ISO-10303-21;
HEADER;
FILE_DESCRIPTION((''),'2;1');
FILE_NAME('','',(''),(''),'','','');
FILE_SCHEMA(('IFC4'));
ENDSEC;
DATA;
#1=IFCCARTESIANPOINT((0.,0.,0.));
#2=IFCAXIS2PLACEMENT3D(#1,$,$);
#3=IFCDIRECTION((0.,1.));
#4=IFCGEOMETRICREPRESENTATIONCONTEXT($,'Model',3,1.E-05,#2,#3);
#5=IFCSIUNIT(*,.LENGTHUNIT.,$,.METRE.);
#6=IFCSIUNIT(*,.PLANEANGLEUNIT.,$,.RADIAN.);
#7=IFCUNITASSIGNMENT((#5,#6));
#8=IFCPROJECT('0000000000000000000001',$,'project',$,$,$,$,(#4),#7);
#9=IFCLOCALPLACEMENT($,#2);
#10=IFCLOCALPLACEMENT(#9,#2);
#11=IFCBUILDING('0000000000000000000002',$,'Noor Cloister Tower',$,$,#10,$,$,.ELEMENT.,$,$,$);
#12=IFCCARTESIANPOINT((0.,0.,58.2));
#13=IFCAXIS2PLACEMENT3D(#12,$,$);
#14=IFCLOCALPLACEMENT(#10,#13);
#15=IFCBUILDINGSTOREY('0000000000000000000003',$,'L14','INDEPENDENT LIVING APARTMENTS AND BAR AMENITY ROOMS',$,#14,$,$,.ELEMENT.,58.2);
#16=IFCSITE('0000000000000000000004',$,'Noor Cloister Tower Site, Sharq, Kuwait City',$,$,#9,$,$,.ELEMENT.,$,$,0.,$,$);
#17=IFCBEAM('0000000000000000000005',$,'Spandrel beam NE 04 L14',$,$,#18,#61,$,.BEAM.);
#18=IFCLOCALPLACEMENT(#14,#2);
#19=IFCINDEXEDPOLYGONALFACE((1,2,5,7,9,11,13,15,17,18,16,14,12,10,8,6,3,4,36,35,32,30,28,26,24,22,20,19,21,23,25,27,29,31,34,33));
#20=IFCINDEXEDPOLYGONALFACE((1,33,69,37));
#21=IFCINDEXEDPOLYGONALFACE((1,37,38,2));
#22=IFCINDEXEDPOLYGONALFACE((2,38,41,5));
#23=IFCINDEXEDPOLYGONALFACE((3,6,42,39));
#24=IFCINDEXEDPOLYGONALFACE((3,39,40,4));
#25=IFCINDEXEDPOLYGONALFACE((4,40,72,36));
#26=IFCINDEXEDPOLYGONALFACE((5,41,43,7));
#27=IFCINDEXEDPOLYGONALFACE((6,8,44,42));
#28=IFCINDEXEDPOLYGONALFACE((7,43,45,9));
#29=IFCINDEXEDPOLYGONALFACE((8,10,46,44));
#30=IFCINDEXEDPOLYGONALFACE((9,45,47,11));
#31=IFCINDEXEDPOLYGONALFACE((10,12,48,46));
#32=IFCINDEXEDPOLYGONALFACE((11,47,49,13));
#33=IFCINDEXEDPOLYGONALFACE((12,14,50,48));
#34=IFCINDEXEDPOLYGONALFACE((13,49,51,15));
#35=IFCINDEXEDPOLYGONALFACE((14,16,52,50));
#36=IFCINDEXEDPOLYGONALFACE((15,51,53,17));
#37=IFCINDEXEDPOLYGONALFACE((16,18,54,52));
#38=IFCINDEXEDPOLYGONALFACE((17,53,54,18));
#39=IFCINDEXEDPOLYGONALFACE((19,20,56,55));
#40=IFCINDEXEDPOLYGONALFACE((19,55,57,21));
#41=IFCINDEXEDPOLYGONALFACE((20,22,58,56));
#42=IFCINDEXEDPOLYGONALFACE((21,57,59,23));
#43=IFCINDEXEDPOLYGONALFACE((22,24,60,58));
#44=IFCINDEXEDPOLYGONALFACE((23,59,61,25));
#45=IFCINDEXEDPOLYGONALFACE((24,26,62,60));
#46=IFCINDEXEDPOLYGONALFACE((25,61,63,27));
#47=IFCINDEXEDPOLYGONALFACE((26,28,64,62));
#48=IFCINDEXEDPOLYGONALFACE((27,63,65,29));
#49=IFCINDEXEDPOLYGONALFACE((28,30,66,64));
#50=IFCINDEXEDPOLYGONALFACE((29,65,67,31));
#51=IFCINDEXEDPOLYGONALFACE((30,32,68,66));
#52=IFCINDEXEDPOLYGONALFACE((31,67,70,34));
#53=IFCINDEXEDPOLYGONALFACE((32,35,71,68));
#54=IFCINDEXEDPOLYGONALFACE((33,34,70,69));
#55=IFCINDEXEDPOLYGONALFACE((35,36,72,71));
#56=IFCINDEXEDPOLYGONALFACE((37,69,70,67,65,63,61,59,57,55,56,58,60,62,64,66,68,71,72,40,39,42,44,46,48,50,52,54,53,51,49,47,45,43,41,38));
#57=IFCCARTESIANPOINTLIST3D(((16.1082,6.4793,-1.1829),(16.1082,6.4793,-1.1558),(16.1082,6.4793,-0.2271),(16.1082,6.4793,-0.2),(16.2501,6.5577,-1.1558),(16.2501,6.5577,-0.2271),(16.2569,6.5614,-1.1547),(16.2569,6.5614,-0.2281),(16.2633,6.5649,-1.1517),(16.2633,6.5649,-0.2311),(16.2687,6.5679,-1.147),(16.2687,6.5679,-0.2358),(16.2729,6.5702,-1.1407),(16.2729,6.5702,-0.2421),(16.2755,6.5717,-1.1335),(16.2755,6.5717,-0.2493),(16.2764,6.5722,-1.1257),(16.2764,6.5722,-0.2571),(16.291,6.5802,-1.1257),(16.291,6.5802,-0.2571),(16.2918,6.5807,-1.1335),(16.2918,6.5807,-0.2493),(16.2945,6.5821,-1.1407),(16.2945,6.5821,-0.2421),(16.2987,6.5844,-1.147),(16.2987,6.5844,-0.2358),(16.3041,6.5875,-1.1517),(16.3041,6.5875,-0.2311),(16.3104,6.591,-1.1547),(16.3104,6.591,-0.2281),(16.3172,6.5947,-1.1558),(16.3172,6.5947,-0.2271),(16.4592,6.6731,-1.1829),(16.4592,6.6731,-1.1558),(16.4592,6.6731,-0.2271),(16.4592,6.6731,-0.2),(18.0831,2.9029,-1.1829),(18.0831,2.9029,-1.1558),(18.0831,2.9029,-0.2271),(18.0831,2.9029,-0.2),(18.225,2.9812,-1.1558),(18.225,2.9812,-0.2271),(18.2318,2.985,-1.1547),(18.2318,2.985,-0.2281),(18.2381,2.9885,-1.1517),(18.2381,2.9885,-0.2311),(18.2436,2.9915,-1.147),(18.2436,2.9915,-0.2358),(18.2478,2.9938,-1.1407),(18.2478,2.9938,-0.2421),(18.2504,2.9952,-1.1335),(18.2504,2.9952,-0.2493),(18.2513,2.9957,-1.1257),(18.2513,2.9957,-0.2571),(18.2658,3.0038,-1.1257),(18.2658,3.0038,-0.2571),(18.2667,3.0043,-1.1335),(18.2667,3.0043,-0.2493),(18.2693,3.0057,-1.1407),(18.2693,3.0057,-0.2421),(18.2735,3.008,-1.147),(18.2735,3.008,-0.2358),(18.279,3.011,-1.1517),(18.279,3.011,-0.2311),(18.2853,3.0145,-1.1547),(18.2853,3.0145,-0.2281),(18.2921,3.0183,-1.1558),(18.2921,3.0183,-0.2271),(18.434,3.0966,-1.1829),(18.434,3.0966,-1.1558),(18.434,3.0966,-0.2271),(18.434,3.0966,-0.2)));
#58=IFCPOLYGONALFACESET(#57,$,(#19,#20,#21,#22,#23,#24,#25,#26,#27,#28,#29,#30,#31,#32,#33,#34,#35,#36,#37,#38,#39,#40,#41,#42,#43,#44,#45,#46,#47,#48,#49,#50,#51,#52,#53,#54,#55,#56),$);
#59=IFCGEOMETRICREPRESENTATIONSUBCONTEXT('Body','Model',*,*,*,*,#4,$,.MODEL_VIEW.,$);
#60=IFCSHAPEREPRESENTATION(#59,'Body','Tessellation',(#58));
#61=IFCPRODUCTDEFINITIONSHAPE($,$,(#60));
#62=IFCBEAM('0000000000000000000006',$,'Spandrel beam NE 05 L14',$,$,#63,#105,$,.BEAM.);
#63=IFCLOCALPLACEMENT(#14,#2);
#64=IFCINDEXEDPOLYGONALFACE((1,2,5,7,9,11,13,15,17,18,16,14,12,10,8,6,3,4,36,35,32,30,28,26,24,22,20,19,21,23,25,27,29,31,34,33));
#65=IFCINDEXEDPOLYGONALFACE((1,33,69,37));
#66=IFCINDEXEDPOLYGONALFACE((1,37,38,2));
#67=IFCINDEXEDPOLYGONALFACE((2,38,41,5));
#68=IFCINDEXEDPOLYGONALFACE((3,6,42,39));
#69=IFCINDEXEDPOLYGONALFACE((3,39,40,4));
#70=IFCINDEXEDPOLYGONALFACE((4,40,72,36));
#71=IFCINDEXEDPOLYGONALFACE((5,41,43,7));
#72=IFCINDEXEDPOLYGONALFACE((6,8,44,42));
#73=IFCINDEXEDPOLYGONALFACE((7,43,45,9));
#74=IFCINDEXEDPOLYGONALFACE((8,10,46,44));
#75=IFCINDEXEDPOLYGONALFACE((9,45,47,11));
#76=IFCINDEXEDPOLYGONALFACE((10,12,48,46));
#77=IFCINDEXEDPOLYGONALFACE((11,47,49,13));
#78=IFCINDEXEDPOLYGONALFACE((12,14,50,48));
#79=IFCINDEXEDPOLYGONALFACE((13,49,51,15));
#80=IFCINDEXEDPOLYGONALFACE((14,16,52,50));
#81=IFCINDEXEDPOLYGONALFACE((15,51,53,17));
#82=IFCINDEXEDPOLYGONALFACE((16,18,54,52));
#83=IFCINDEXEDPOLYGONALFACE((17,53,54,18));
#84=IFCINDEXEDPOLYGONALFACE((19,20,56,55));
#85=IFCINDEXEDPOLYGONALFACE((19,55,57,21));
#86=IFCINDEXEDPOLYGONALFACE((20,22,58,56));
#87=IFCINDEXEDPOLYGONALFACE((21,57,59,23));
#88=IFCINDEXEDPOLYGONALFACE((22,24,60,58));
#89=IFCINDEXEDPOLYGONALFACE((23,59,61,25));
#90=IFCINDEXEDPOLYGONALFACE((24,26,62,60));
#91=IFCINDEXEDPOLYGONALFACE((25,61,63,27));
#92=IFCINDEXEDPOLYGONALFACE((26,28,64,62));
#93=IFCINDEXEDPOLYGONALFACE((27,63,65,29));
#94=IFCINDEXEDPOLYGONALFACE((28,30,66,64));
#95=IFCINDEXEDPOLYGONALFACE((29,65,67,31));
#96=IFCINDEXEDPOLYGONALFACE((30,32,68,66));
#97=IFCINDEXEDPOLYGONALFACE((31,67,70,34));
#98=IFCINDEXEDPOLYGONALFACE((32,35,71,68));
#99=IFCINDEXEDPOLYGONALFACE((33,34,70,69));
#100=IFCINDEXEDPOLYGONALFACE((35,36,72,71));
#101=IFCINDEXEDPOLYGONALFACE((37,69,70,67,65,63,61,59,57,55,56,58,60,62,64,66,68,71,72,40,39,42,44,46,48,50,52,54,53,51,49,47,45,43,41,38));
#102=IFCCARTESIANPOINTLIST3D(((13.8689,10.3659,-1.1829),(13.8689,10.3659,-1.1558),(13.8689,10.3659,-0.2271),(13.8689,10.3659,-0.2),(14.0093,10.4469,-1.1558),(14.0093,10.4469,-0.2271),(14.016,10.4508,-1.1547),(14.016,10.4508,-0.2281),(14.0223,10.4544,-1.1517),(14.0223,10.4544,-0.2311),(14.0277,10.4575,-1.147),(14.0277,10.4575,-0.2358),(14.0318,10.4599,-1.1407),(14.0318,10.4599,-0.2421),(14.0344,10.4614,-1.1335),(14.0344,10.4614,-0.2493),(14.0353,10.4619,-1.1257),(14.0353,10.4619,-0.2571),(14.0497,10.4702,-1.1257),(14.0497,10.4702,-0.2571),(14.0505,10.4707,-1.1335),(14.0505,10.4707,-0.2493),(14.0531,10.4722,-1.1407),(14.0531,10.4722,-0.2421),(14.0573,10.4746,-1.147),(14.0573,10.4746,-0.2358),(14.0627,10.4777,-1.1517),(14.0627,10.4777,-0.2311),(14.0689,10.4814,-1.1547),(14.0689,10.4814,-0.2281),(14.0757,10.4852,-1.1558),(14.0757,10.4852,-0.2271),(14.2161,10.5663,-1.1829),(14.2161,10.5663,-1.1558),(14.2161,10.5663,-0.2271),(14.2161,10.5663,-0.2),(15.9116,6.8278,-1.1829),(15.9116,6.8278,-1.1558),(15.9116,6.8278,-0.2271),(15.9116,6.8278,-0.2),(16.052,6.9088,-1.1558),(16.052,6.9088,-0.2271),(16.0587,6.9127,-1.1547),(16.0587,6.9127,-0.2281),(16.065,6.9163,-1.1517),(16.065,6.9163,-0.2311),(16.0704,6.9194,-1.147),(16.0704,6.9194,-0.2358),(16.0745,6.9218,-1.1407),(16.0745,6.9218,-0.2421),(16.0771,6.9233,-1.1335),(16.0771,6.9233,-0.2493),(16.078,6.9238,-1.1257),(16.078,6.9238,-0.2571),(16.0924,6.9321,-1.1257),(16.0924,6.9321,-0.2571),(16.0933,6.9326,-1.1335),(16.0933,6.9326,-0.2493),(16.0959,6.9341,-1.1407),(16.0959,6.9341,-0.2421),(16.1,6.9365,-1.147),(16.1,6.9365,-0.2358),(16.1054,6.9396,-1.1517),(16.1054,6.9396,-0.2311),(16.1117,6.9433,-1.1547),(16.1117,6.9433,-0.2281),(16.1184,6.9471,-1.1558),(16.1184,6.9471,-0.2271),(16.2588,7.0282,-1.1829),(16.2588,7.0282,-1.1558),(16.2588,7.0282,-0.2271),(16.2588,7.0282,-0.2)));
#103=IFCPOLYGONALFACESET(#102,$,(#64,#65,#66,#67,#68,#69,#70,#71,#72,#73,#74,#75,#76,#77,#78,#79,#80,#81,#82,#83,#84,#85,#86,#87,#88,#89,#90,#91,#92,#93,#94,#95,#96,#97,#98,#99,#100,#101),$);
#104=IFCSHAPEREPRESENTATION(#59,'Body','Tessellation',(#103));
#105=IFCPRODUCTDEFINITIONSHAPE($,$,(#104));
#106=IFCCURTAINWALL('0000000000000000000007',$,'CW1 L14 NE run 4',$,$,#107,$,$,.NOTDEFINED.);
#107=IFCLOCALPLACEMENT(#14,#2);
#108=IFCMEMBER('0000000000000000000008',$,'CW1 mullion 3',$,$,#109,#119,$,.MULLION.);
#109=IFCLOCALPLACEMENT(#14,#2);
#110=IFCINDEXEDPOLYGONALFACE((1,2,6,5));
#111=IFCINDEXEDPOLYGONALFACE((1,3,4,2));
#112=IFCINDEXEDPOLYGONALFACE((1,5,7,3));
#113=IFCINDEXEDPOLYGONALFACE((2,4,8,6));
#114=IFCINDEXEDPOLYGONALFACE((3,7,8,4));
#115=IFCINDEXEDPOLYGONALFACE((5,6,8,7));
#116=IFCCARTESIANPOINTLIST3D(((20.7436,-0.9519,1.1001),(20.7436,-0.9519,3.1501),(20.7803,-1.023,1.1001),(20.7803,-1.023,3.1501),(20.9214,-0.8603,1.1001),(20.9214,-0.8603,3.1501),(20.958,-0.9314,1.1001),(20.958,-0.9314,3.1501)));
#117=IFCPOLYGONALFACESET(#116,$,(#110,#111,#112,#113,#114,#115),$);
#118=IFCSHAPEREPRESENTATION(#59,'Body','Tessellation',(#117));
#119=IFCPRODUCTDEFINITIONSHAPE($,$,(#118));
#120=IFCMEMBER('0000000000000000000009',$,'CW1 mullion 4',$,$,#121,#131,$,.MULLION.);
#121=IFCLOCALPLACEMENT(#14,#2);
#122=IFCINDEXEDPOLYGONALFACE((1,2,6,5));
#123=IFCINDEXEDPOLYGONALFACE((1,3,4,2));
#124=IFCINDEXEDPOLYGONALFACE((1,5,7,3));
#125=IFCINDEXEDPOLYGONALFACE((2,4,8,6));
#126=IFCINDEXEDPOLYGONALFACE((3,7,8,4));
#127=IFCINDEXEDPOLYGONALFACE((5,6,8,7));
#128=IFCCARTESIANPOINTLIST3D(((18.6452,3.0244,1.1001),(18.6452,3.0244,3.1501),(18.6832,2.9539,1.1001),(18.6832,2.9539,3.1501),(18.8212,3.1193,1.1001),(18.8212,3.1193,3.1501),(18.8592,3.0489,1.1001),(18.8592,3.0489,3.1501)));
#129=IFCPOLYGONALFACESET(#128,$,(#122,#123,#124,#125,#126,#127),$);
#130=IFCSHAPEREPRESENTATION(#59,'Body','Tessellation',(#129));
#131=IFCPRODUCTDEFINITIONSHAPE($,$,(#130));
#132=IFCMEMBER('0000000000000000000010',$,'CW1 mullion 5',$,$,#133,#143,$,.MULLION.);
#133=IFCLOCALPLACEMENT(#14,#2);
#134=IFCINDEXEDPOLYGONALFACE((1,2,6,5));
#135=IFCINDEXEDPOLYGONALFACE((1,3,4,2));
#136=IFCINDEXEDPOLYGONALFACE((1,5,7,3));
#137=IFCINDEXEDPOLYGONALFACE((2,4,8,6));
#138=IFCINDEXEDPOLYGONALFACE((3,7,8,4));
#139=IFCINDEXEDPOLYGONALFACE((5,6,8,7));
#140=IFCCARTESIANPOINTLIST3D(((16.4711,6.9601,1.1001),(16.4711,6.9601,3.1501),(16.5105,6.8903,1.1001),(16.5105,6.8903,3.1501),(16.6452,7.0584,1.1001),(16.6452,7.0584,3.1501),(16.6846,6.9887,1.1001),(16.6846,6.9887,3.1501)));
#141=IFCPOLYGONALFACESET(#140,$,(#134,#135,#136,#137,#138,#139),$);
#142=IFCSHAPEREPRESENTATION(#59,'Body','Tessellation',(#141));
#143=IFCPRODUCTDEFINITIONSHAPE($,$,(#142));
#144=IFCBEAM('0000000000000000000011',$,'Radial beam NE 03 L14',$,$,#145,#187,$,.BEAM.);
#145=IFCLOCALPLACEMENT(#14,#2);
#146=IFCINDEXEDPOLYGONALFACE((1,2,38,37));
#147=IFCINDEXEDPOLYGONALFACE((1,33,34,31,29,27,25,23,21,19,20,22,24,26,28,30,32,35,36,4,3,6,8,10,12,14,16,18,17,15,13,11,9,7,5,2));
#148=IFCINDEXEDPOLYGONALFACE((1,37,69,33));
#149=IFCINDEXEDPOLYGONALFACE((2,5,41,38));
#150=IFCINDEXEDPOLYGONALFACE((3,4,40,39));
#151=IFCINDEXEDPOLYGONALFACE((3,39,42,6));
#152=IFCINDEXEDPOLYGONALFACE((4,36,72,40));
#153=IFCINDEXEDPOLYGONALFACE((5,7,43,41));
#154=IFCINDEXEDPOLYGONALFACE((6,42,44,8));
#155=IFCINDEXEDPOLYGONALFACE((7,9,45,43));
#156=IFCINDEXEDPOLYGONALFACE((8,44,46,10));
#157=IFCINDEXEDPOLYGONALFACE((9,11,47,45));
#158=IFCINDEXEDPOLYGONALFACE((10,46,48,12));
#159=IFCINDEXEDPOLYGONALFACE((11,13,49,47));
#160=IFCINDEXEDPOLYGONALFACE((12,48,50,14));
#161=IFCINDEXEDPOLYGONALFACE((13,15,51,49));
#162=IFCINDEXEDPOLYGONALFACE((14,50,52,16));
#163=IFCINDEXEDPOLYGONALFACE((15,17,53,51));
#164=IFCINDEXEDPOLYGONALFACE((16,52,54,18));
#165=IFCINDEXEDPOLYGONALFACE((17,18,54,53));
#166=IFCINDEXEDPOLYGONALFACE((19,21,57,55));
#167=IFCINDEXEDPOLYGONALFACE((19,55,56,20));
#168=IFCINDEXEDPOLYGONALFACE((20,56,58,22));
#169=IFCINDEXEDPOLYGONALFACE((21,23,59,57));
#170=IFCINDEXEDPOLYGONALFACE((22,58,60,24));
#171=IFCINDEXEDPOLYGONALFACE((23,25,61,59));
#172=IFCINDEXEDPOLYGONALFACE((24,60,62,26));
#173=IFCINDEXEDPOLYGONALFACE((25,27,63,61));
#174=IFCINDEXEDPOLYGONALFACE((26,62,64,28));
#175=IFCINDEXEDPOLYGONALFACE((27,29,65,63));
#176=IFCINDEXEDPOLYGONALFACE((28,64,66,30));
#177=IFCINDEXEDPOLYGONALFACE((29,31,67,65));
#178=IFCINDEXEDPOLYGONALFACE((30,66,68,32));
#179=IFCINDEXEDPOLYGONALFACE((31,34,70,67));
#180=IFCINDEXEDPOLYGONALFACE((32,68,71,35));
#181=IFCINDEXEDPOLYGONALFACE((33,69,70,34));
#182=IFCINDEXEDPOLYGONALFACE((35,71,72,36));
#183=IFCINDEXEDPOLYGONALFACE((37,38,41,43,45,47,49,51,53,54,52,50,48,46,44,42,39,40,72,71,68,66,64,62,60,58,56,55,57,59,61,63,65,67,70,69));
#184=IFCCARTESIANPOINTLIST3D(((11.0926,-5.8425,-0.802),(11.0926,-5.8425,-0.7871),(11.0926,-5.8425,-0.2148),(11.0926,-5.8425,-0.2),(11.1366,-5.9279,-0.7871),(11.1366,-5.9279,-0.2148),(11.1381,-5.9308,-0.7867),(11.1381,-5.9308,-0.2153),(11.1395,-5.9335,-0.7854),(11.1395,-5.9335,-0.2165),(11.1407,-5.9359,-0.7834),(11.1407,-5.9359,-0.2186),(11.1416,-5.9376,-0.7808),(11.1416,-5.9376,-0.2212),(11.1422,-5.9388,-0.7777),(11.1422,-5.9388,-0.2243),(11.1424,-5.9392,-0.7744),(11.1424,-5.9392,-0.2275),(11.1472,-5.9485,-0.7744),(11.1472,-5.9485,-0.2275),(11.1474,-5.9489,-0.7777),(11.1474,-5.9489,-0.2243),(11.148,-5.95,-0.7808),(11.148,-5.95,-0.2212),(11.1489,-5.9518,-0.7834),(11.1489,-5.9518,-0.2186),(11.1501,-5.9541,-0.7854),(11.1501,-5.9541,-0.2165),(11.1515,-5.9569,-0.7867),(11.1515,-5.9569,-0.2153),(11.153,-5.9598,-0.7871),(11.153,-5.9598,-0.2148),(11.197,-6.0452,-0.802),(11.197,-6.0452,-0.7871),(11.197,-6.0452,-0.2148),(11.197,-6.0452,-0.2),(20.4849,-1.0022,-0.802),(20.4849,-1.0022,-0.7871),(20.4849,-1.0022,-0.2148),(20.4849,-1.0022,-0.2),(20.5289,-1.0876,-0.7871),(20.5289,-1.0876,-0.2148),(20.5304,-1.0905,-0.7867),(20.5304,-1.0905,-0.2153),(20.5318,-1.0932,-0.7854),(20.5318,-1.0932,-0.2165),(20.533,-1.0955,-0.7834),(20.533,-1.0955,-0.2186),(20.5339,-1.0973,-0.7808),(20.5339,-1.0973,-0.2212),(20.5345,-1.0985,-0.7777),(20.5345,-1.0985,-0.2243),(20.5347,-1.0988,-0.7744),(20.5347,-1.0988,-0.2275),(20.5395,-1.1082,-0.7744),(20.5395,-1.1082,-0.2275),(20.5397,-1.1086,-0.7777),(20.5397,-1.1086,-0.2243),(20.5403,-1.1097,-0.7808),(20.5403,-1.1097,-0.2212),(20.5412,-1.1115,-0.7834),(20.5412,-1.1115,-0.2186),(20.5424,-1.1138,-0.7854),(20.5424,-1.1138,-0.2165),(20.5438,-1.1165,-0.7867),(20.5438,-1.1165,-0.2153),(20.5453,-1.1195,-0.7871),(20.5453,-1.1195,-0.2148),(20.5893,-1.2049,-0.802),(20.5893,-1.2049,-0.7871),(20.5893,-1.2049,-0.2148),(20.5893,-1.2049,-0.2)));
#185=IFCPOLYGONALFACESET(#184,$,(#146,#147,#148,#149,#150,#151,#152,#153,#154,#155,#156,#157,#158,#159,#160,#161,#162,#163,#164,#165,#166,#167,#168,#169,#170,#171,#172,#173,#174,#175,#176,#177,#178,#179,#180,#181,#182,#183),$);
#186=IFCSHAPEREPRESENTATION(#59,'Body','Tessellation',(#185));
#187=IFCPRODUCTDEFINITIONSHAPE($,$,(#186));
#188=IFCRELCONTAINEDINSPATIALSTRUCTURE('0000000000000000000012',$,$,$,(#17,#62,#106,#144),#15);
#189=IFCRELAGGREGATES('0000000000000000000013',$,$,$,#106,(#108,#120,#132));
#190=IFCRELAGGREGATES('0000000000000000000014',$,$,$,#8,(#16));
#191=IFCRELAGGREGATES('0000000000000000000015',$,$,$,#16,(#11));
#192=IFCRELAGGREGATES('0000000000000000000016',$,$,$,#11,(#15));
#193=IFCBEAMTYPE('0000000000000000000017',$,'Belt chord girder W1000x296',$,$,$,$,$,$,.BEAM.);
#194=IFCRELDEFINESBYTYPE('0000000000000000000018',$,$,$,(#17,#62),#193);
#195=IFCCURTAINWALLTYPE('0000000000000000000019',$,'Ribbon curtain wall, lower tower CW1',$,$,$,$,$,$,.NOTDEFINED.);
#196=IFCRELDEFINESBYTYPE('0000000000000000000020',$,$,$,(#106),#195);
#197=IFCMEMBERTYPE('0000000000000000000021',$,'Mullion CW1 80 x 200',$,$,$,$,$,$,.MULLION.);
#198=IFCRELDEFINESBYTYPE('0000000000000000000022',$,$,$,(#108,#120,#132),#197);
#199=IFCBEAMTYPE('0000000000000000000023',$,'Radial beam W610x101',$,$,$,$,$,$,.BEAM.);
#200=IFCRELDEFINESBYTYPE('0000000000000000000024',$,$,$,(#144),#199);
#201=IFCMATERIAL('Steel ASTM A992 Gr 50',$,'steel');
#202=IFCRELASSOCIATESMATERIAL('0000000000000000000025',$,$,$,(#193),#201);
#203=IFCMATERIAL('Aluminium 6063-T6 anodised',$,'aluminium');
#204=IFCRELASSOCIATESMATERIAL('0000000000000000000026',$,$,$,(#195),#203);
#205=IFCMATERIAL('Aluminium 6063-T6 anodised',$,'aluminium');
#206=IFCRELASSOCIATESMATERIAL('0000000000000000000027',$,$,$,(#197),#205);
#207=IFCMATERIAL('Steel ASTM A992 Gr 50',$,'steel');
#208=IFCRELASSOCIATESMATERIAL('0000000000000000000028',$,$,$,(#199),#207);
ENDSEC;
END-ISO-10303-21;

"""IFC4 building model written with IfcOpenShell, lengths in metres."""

from ifc_helpers import new_model, si_unit, direction, frame, origin, origin_2d, place, context, subcontext, project, spatial, rectangle, i_section, extrude, material, material_profile, profile_set, type_object, element, aggregate, save


model = new_model("IFC4")

# Units and contexts
model_context = context("Model", 3, precision=1e-05, world=origin(), true_north=direction((0.0, 1.0)))
body_context = subcontext(model_context, "Body", "Model", "MODEL_VIEW")
ifc_project = project(units=[si_unit("LENGTHUNIT", "METRE"), si_unit("PLANEANGLEUNIT", "RADIAN")], contexts=[model_context])

# Site, building, storey
site_placement = place(None, origin())
site = spatial("IfcSite", under=ifc_project, at=site_placement, Name="Noor Cloister Tower Site, Sharq, Kuwait City", CompositionType="ELEMENT", RefElevation=0.0)
building_placement = place(site_placement, origin())
building = spatial("IfcBuilding", under=site, at=building_placement, Name="Noor Cloister Tower", CompositionType="ELEMENT")
storey_placement = place(building_placement, frame((0.0, 0.0, 58.2)))
storey = spatial("IfcBuildingStorey", under=building, at=storey_placement, Name="L14", Description="INDEPENDENT LIVING APARTMENTS AND BAR AMENITY ROOMS", CompositionType="ELEMENT", Elevation=58.2)

# Beams
ifc_material_1 = material(Name="Steel ASTM A992 Gr 50", Category="steel")
ifc_material_profile_1 = material_profile(ifc_material_1, i_section(OverallWidth=0.4009, OverallDepth=0.9829, WebThickness=0.0166, FlangeThickness=0.0271, FilletRadius=0.03, at=origin_2d()), Name="W1000x296")
ifc_profile_set_1 = profile_set([ifc_material_profile_1], Name="Steel ASTM A992 Gr 50")
beam_type_1 = type_object("IfcBeamType", Name="Belt chord girder W1000x296", PredefinedType="BEAM", material=ifc_profile_set_1)
for number, where, z_axis, x_axis, name in (
    (1, (18.2585, 2.9998, -0.6914), (-0.483389, 0.875406, 0.0), (-0.875406, -0.483389, 0.0), "Spandrel beam NE 04 L14"),
    (2, (16.0852, 6.928, -0.6914), (-0.500002, 0.866024, 0.0), (-0.866024, -0.500002, 0.0), "Spandrel beam NE 05 L14"),
):
    element("IfcBeam", number, at=place(storey_placement, frame(where, z_axis=z_axis, x_axis=x_axis)), inside=storey, type_object=beam_type_1, Name=name, PredefinedType="BEAM", context=body_context, shape_type="SweptSolid", body=[
        extrude(i_section(OverallWidth=0.4009, OverallDepth=0.9829, WebThickness=0.0166, FlangeThickness=0.0271, FilletRadius=0.03, at=origin_2d()), origin(), (0.0, 0.0, 1.0), 4.0854),
    ])

# Curtain wall, members
ifc_material_2 = material(Name="Aluminium 6063-T6 anodised", Category="aluminium")
curtain_wall_type = type_object("IfcCurtainWallType", Name="Ribbon curtain wall, lower tower CW1", PredefinedType="NOTDEFINED", material=ifc_material_2)
curtain_wall_placement = place(storey_placement, origin())
curtain_wall = element("IfcCurtainWall", 3, at=curtain_wall_placement, inside=storey, type_object=curtain_wall_type, Name="CW1 L14 NE run 4", PredefinedType="NOTDEFINED")
ifc_material_3 = material(Name="Aluminium 6063-T6 anodised", Category="aluminium")
ifc_material_profile_2 = material_profile(ifc_material_3, rectangle(XDim=0.2, YDim=0.0801, at=origin_2d()), Name="200 x 80 mullion")
ifc_profile_set_2 = profile_set([ifc_material_profile_2], Name="Aluminium 6063-T6 anodised")
member_type = type_object("IfcMemberType", Name="Mullion CW1 80 x 200", PredefinedType="MULLION", material=ifc_profile_set_2)
member_1_placement = place(storey_placement, frame((20.8508, -0.9417, 1.1001), z_axis=(0.0, 0.0, 1.0), x_axis=(-0.8889, -0.458101, 0.0)))
member_1 = element("IfcMember", 4, at=member_1_placement, type_object=member_type, Name="CW1 mullion 3", PredefinedType="MULLION", context=body_context, shape_type="SweptSolid", body=[
    extrude(rectangle(XDim=0.2, YDim=0.0801, at=origin_2d()), origin(), (0.0, 0.0, 1.0), 2.05),
])
member_2_placement = place(storey_placement, frame((18.7522, 3.0366, 1.1001), z_axis=(0.0, 0.0, 1.0), x_axis=(-0.87999, -0.474991, 0.0)))
member_2 = element("IfcMember", 5, at=member_2_placement, type_object=member_type, Name="CW1 mullion 4", PredefinedType="MULLION", context=body_context, shape_type="SweptSolid", body=[
    extrude(rectangle(XDim=0.2, YDim=0.0801, at=origin_2d()), origin(), (0.0, 0.0, 1.0), 2.05),
])
member_3_placement = place(storey_placement, frame((16.5779, 6.9744, 1.1001), z_axis=(0.0, 0.0, 1.0), x_axis=(-0.87076, -0.491708, 0.0)))
member_3 = element("IfcMember", 6, at=member_3_placement, type_object=member_type, Name="CW1 mullion 5", PredefinedType="MULLION", context=body_context, shape_type="SweptSolid", body=[
    extrude(rectangle(XDim=0.2, YDim=0.0801, at=origin_2d()), origin(), (0.0, 0.0, 1.0), 2.05),
])

# Beam
ifc_material_4 = material(Name="Steel ASTM A992 Gr 50", Category="steel")
ifc_material_profile_3 = material_profile(ifc_material_4, i_section(OverallWidth=0.228, OverallDepth=0.6021, WebThickness=0.0105, FlangeThickness=0.0149, FilletRadius=0.0127, at=origin_2d()), Name="W610x101")
ifc_profile_set_3 = profile_set([ifc_material_profile_3], Name="Steel ASTM A992 Gr 50")
beam_type_2 = type_object("IfcBeamType", Name="Radial beam W610x101", PredefinedType="BEAM", material=ifc_profile_set_3)
beam_1_placement = place(storey_placement, frame((20.5371, -1.1035, -0.501), z_axis=(-0.888903, -0.458095, 0.0), x_axis=(0.458095, -0.888903, 0.0)))
element("IfcBeam", 7, at=beam_1_placement, inside=storey, type_object=beam_type_2, Name="Radial beam NE 03 L14", PredefinedType="BEAM", context=body_context, shape_type="SweptSolid", body=[
    extrude(i_section(OverallWidth=0.228, OverallDepth=0.6021, WebThickness=0.0105, FlangeThickness=0.0149, FilletRadius=0.0127, at=origin_2d()), origin(), (0.0, 0.0, 1.0), 10.5662),
])

aggregate(curtain_wall, [member_1, member_2, member_3])

save(model, "model.ifc")
